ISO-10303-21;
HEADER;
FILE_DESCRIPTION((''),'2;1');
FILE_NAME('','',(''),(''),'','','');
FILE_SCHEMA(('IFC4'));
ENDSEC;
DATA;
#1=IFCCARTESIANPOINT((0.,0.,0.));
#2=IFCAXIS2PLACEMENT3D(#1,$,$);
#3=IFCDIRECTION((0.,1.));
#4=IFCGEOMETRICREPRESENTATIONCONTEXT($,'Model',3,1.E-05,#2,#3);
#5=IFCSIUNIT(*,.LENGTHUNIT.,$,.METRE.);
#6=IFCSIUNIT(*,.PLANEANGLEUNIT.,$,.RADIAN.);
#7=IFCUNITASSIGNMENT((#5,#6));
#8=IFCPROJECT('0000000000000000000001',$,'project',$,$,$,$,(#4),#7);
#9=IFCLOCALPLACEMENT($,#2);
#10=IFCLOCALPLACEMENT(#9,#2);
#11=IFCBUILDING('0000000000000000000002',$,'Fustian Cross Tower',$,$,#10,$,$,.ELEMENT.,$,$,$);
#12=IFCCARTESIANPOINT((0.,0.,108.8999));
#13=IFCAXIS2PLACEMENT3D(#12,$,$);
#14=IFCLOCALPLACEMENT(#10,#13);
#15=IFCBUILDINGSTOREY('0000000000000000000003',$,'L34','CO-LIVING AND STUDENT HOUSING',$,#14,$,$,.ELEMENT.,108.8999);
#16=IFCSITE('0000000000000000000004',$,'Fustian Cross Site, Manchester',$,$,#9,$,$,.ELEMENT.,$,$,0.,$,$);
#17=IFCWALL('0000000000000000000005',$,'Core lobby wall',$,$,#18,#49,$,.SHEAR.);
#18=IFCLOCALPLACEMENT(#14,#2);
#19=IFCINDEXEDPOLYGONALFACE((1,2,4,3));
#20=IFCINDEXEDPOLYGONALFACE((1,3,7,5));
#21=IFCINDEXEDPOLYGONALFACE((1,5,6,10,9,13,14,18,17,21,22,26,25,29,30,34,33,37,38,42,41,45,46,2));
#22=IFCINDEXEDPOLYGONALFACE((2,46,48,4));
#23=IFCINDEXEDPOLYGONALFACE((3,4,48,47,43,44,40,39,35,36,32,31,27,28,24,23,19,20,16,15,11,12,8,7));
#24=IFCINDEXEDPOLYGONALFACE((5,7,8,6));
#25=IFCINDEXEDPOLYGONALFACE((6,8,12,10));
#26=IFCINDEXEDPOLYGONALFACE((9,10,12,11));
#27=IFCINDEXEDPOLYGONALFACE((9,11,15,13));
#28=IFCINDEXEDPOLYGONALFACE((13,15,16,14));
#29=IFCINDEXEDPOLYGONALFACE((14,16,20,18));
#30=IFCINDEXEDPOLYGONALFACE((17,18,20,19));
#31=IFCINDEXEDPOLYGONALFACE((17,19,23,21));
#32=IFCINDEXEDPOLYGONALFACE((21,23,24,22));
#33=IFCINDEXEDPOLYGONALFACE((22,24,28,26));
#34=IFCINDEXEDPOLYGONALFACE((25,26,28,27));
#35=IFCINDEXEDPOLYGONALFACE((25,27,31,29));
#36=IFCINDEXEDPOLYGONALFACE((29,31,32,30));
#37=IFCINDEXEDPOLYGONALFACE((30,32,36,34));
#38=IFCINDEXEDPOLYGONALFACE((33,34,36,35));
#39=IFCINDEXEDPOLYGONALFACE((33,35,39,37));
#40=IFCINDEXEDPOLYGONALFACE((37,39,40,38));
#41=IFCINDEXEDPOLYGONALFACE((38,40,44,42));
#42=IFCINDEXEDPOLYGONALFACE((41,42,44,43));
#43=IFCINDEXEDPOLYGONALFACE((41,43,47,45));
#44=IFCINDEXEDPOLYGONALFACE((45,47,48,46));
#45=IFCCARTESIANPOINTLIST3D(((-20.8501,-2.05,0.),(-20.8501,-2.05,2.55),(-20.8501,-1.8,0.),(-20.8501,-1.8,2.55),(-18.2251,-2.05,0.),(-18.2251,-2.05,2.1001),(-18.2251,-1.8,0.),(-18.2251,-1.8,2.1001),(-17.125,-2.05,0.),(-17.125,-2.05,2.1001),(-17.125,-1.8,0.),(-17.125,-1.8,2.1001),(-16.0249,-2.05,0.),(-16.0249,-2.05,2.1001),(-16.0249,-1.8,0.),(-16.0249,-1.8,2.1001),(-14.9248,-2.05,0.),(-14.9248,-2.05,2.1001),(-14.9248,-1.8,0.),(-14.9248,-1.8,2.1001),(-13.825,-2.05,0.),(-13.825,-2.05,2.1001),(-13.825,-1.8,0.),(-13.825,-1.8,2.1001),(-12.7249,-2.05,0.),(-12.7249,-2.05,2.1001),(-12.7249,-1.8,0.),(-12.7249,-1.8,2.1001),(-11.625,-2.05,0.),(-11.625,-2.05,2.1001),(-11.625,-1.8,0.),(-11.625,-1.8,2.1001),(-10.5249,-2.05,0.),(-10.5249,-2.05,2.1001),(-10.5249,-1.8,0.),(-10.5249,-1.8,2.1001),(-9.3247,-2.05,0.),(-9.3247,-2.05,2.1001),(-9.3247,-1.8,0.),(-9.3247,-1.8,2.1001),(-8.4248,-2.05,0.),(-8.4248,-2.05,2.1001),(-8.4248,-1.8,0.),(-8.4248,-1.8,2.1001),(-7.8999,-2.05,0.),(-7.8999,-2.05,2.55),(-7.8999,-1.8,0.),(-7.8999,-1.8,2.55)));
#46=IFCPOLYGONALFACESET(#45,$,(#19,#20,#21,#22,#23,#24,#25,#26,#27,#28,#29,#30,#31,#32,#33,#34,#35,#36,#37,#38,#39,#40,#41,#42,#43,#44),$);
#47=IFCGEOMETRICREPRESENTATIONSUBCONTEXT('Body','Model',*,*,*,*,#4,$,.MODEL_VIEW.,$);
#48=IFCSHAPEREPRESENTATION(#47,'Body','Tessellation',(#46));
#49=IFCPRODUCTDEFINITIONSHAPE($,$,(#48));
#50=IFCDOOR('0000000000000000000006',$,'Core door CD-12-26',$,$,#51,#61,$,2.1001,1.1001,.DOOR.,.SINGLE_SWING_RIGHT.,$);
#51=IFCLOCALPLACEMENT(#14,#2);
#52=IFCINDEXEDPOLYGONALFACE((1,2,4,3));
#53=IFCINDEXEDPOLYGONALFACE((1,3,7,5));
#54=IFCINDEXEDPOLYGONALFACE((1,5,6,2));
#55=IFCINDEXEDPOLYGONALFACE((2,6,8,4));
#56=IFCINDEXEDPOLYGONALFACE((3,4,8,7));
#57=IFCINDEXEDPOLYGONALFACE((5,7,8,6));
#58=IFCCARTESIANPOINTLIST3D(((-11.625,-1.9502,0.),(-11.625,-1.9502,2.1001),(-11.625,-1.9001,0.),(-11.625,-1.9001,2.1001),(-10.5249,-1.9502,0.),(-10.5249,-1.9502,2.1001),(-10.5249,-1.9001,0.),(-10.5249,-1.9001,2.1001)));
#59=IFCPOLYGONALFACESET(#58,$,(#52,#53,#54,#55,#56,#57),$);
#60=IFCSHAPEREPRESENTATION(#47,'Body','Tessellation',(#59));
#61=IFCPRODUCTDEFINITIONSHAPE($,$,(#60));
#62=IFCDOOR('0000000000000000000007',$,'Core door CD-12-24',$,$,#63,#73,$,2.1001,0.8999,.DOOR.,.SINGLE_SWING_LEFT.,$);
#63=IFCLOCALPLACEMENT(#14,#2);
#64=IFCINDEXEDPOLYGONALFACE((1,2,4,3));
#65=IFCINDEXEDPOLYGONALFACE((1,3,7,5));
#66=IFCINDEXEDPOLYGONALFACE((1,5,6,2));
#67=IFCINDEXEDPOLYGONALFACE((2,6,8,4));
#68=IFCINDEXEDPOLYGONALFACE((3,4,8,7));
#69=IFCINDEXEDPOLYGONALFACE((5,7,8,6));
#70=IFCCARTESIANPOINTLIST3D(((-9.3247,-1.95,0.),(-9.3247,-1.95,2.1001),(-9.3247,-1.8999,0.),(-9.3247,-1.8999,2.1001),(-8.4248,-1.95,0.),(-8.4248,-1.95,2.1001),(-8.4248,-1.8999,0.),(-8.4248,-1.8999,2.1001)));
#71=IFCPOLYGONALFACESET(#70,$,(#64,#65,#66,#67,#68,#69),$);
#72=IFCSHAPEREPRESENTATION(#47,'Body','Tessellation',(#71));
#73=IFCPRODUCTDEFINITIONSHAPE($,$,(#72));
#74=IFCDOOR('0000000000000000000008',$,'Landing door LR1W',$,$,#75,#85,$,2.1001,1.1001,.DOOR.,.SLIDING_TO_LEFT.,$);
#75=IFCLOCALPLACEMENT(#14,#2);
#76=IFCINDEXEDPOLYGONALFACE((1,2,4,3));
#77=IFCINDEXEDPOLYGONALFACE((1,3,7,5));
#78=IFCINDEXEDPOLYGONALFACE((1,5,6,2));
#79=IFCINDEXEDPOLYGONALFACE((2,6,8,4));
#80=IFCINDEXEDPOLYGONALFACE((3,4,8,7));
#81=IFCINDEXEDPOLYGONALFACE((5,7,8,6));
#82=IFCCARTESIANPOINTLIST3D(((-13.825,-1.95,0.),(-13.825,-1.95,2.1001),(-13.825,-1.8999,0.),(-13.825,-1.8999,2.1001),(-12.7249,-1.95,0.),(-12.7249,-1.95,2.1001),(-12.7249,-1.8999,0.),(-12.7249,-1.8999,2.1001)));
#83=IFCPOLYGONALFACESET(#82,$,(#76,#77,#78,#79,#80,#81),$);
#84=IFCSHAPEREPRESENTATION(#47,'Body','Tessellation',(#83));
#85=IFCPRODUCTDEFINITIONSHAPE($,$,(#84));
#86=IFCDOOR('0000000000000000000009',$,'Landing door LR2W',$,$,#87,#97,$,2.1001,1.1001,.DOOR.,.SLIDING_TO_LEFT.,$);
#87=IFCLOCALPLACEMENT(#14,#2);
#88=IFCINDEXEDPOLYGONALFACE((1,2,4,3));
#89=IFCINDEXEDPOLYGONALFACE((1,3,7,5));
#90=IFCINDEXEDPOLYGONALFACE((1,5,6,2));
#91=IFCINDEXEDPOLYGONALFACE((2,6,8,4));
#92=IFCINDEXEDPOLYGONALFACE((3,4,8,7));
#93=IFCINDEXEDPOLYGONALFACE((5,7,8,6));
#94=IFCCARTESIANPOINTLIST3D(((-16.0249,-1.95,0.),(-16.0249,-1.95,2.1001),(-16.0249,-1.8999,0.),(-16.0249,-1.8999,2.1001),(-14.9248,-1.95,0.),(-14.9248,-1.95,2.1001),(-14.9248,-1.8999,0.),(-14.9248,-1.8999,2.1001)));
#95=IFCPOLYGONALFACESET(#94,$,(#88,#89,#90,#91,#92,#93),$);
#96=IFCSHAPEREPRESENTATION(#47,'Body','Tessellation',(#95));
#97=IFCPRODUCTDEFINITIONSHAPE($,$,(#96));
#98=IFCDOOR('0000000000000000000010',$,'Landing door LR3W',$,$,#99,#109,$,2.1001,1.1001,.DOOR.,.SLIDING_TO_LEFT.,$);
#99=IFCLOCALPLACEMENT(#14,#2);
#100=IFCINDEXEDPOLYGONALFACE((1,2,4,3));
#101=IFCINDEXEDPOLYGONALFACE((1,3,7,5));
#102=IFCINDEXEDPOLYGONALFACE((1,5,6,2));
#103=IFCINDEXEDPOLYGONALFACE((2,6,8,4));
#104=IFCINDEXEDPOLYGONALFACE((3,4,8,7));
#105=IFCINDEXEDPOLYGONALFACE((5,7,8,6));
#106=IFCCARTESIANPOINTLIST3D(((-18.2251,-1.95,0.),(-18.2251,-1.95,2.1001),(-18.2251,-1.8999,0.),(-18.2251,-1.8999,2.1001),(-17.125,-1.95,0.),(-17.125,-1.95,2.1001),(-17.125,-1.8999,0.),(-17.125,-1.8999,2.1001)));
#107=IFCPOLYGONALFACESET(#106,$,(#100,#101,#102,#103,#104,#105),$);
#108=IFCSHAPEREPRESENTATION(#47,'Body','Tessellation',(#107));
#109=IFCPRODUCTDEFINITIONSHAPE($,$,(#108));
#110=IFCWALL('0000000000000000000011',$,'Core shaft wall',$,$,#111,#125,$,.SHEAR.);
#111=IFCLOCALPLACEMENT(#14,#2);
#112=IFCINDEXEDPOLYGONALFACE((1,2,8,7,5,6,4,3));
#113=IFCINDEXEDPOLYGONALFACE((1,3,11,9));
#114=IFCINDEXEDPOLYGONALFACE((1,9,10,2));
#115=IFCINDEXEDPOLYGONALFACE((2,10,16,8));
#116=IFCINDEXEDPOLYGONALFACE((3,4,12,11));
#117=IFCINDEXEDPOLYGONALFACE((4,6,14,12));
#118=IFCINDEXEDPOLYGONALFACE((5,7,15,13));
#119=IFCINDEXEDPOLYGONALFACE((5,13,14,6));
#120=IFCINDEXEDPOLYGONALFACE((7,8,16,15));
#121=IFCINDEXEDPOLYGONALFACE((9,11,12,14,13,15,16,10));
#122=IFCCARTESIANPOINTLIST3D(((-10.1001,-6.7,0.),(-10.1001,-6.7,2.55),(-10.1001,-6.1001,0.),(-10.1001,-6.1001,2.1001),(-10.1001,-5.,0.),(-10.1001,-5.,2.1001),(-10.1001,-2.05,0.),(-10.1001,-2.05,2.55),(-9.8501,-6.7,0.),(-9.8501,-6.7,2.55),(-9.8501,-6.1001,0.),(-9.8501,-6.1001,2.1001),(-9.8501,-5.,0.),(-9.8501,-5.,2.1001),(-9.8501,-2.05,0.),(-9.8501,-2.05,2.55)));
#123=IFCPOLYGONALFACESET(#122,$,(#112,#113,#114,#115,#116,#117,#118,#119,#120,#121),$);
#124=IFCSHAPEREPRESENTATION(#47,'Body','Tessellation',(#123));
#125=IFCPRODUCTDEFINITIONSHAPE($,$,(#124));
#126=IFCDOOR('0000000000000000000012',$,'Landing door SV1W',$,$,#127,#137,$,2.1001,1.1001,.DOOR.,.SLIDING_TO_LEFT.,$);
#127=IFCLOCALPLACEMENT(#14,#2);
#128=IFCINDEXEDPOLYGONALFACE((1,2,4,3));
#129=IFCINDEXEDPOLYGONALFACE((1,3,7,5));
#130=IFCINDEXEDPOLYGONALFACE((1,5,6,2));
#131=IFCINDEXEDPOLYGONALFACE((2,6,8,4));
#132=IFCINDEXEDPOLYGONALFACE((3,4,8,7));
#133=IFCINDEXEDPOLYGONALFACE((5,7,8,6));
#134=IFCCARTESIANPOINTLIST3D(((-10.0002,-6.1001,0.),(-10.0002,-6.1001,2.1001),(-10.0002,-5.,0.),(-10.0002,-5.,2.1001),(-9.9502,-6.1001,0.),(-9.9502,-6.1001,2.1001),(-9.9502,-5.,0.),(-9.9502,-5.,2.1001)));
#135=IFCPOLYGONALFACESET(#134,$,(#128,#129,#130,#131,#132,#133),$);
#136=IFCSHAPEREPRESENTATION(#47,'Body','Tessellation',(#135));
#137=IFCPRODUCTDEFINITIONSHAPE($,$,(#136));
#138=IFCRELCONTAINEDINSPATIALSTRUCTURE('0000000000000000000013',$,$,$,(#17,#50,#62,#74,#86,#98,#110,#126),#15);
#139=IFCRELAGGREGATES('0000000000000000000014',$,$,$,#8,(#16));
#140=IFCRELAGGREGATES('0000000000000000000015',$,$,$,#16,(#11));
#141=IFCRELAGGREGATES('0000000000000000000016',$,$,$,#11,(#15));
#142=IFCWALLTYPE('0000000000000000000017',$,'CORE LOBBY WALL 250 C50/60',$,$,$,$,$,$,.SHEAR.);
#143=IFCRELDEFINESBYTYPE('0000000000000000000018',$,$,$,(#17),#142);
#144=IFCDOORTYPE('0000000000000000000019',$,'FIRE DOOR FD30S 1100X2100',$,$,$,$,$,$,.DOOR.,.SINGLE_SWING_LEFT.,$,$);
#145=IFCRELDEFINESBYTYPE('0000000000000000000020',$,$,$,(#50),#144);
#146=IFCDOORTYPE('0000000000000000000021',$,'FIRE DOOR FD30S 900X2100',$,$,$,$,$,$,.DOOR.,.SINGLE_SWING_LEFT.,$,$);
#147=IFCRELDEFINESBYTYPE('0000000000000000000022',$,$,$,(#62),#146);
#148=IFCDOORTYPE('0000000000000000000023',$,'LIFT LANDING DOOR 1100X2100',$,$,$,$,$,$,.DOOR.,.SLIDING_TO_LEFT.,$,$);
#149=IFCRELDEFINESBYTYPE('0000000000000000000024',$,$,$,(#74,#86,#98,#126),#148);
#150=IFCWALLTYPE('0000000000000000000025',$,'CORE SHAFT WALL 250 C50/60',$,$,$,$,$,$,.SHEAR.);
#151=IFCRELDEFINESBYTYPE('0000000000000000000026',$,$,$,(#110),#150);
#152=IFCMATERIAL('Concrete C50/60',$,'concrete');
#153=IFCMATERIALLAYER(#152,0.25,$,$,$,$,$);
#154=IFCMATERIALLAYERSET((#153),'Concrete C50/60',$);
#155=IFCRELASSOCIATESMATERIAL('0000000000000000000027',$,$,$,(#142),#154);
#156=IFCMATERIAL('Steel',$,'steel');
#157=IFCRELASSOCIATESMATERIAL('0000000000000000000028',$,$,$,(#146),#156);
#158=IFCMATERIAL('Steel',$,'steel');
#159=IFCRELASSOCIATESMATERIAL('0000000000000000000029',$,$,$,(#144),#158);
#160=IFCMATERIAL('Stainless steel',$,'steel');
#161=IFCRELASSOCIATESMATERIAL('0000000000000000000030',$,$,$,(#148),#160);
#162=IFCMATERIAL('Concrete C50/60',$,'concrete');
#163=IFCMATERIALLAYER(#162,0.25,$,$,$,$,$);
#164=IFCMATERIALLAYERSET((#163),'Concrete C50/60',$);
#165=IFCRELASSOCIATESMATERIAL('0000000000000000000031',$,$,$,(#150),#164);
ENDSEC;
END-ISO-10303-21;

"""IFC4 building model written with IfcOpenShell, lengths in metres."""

from ifc_helpers import new_model, si_unit, direction, frame, frame_2d, origin, place, context, subcontext, project, spatial, rectangle, extrude, material, layer, layer_set, type_object, element, fill, save


model = new_model("IFC4")

# Units and contexts
model_context = context("Model", 3, precision=1e-05, world=origin(), true_north=direction((0.0, 1.0)))
body_context = subcontext(model_context, "Body", "Model", "MODEL_VIEW")
ifc_project = project(units=[si_unit("LENGTHUNIT", "METRE"), si_unit("PLANEANGLEUNIT", "RADIAN")], contexts=[model_context])

# Site, building, storey
site_placement = place(None, origin())
site = spatial("IfcSite", under=ifc_project, at=site_placement, Name="Fustian Cross Site, Manchester", CompositionType="ELEMENT", RefElevation=0.0)
building_placement = place(site_placement, origin())
building = spatial("IfcBuilding", under=site, at=building_placement, Name="Fustian Cross Tower", CompositionType="ELEMENT")
storey_placement = place(building_placement, frame((0.0, 0.0, 108.8999)))
storey = spatial("IfcBuildingStorey", under=building, at=storey_placement, Name="L34", Description="CO-LIVING AND STUDENT HOUSING", CompositionType="ELEMENT", Elevation=108.8999)

# Wall, openings, doors
ifc_material_1 = material(Name="Concrete C50/60", Category="concrete")
ifc_layer_1 = layer(ifc_material_1, 0.25)
ifc_layer_set_1 = layer_set([ifc_layer_1], Name="Concrete C50/60")
wall_type_1 = type_object("IfcWallType", Name="CORE LOBBY WALL 250 C50/60", PredefinedType="SHEAR", material=ifc_layer_set_1)
ifc_material_2 = material(Name="Steel", Category="steel")
door_type_1 = type_object("IfcDoorType", Name="FIRE DOOR FD30S 900X2100", OperationType="SINGLE_SWING_LEFT", PredefinedType="DOOR", material=ifc_material_2)
wall_1_placement = place(storey_placement, frame((-7.8999, -1.925, 0.0), z_axis=(0.0, 0.0, 1.0), x_axis=(-1.0, 0.0, 0.0)))
wall_1 = element("IfcWall", 1, at=wall_1_placement, inside=storey, type_object=wall_type_1, Name="Core lobby wall", PredefinedType="SHEAR", context=body_context, shape_type="SweptSolid", body=[
    extrude(rectangle(XDim=12.9502, YDim=0.25, at=frame_2d((6.4751, 0.0))), origin(), (0.0, 0.0, 1.0), 2.55),
])
opening_1_placement = place(wall_1_placement, frame((4.825, 0.0, 0.0)))
opening_1 = element("IfcOpeningElement", 2, at=opening_1_placement, cuts=wall_1, PredefinedType="OPENING", context=body_context, shape_type="SweptSolid", body=[
    extrude(rectangle(XDim=1.1001, YDim=2.1001, at=frame_2d((0.55, 1.05))), frame((0.0, 0.135, 0.0), z_axis=(0.0, -1.0, 0.0), x_axis=(1.0, 0.0, 0.0)), (0.0, 0.0, 1.0), 0.27),
])
opening_2_placement = place(wall_1_placement, frame((7.0249, 0.0, 0.0)))
opening_2 = element("IfcOpeningElement", 3, at=opening_2_placement, cuts=wall_1, PredefinedType="OPENING", context=body_context, shape_type="SweptSolid", body=[
    extrude(rectangle(XDim=1.1001, YDim=2.1001, at=frame_2d((0.55, 1.05))), frame((0.0, 0.135, 0.0), z_axis=(0.0, -1.0, 0.0), x_axis=(1.0, 0.0, 0.0)), (0.0, 0.0, 1.0), 0.27),
])
opening_3_placement = place(wall_1_placement, frame((9.2251, 0.0, 0.0)))
opening_3 = element("IfcOpeningElement", 4, at=opening_3_placement, cuts=wall_1, PredefinedType="OPENING", context=body_context, shape_type="SweptSolid", body=[
    extrude(rectangle(XDim=1.1001, YDim=2.1001, at=frame_2d((0.55, 1.05))), frame((0.0, 0.135, 0.0), z_axis=(0.0, -1.0, 0.0), x_axis=(1.0, 0.0, 0.0)), (0.0, 0.0, 1.0), 0.27),
])
opening_4_placement = place(wall_1_placement, frame((0.5249, 0.0, 0.0)))
opening_4 = element("IfcOpeningElement", 5, at=opening_4_placement, cuts=wall_1, PredefinedType="OPENING", context=body_context, shape_type="SweptSolid", body=[
    extrude(rectangle(XDim=0.8999, YDim=2.1001, at=frame_2d((0.45, 1.05))), frame((0.0, 0.135, 0.0), z_axis=(0.0, -1.0, 0.0), x_axis=(1.0, 0.0, 0.0)), (0.0, 0.0, 1.0), 0.27),
])
opening_5_placement = place(wall_1_placement, frame((2.625, 0.0, 0.0)))
opening_5 = element("IfcOpeningElement", 6, at=opening_5_placement, cuts=wall_1, PredefinedType="OPENING", context=body_context, shape_type="SweptSolid", body=[
    extrude(rectangle(XDim=1.1001, YDim=2.1001, at=frame_2d((0.55, 1.05))), frame((0.0, 0.135, 0.0), z_axis=(0.0, -1.0, 0.0), x_axis=(1.0, 0.0, 0.0)), (0.0, 0.0, 1.0), 0.27),
])
ifc_material_3 = material(Name="Steel", Category="steel")
door_type_2 = type_object("IfcDoorType", Name="FIRE DOOR FD30S 1100X2100", OperationType="SINGLE_SWING_LEFT", PredefinedType="DOOR", material=ifc_material_3)
door_1_placement = place(opening_5_placement, frame((1.1001, 0.0, 0.0), z_axis=(0.0, 0.0, 1.0), x_axis=(-1.0, 0.0, 0.0)))
door_1 = element("IfcDoor", 7, at=door_1_placement, inside=storey, type_object=door_type_2, Name="Core door CD-12-26", OperationType="SINGLE_SWING_RIGHT", OverallHeight=2.1001, OverallWidth=1.1001, PredefinedType="DOOR", context=body_context, shape_type="SweptSolid", body=[
    extrude(rectangle(XDim=1.1001, YDim=2.1001, at=frame_2d((0.55, 1.05))), frame((0.0, 0.0249, 0.0), z_axis=(0.0, -1.0, 0.0), x_axis=(1.0, 0.0, 0.0)), (0.0, 0.0, 1.0), 0.05),
])
fill(opening_5, door_1)
door_2_placement = place(opening_4_placement, origin())
door_2 = element("IfcDoor", 8, at=door_2_placement, inside=storey, type_object=door_type_1, Name="Core door CD-12-24", OperationType="SINGLE_SWING_LEFT", OverallHeight=2.1001, OverallWidth=0.8999, PredefinedType="DOOR", context=body_context, shape_type="SweptSolid", body=[
    extrude(rectangle(XDim=0.8999, YDim=2.1001, at=frame_2d((0.45, 1.05))), frame((0.0, 0.0249, 0.0), z_axis=(0.0, -1.0, 0.0), x_axis=(1.0, 0.0, 0.0)), (0.0, 0.0, 1.0), 0.05),
])
fill(opening_4, door_2)
ifc_material_4 = material(Name="Stainless steel", Category="steel")
door_type_3 = type_object("IfcDoorType", Name="LIFT LANDING DOOR 1100X2100", OperationType="SLIDING_TO_LEFT", PredefinedType="DOOR", material=ifc_material_4)
door_3_placement = place(opening_1_placement, origin())
door_3 = element("IfcDoor", 9, at=door_3_placement, inside=storey, type_object=door_type_3, Name="Landing door LR1W", OperationType="SLIDING_TO_LEFT", OverallHeight=2.1001, OverallWidth=1.1001, PredefinedType="DOOR", context=body_context, shape_type="SweptSolid", body=[
    extrude(rectangle(XDim=1.1001, YDim=2.1001, at=frame_2d((0.55, 1.05))), frame((0.0, 0.0249, 0.0), z_axis=(0.0, -1.0, 0.0), x_axis=(1.0, 0.0, 0.0)), (0.0, 0.0, 1.0), 0.05),
])
fill(opening_1, door_3)
door_4_placement = place(opening_2_placement, origin())
door_4 = element("IfcDoor", 10, at=door_4_placement, inside=storey, type_object=door_type_3, Name="Landing door LR2W", OperationType="SLIDING_TO_LEFT", OverallHeight=2.1001, OverallWidth=1.1001, PredefinedType="DOOR", context=body_context, shape_type="SweptSolid", body=[
    extrude(rectangle(XDim=1.1001, YDim=2.1001, at=frame_2d((0.55, 1.05))), frame((0.0, 0.0249, 0.0), z_axis=(0.0, -1.0, 0.0), x_axis=(1.0, 0.0, 0.0)), (0.0, 0.0, 1.0), 0.05),
])
fill(opening_2, door_4)
door_5_placement = place(opening_3_placement, origin())
door_5 = element("IfcDoor", 11, at=door_5_placement, inside=storey, type_object=door_type_3, Name="Landing door LR3W", OperationType="SLIDING_TO_LEFT", OverallHeight=2.1001, OverallWidth=1.1001, PredefinedType="DOOR", context=body_context, shape_type="SweptSolid", body=[
    extrude(rectangle(XDim=1.1001, YDim=2.1001, at=frame_2d((0.55, 1.05))), frame((0.0, 0.0249, 0.0), z_axis=(0.0, -1.0, 0.0), x_axis=(1.0, 0.0, 0.0)), (0.0, 0.0, 1.0), 0.05),
])
fill(opening_3, door_5)

# Wall, opening, door
ifc_material_5 = material(Name="Concrete C50/60", Category="concrete")
ifc_layer_2 = layer(ifc_material_5, 0.25)
ifc_layer_set_2 = layer_set([ifc_layer_2], Name="Concrete C50/60")
wall_type_2 = type_object("IfcWallType", Name="CORE SHAFT WALL 250 C50/60", PredefinedType="SHEAR", material=ifc_layer_set_2)
wall_2_placement = place(storey_placement, frame((-9.9751, -2.05, 0.0), z_axis=(0.0, 0.0, 1.0), x_axis=(0.0, -1.0, 0.0)))
wall_2 = element("IfcWall", 12, at=wall_2_placement, inside=storey, type_object=wall_type_2, Name="Core shaft wall", PredefinedType="SHEAR", context=body_context, shape_type="SweptSolid", body=[
    extrude(rectangle(XDim=4.6499, YDim=0.25, at=frame_2d((2.325, 0.0))), origin(), (0.0, 0.0, 1.0), 2.55),
])
opening_6_placement = place(wall_2_placement, frame((2.95, 0.0, 0.0)))
opening_6 = element("IfcOpeningElement", 13, at=opening_6_placement, cuts=wall_2, PredefinedType="OPENING", context=body_context, shape_type="SweptSolid", body=[
    extrude(rectangle(XDim=1.1001, YDim=2.1001, at=frame_2d((0.55, 1.05))), frame((0.0, 0.135, 0.0), z_axis=(0.0, -1.0, 0.0), x_axis=(1.0, 0.0, 0.0)), (0.0, 0.0, 1.0), 0.27),
])
door_6_placement = place(opening_6_placement, origin())
door_6 = element("IfcDoor", 14, at=door_6_placement, inside=storey, type_object=door_type_3, Name="Landing door SV1W", OperationType="SLIDING_TO_LEFT", OverallHeight=2.1001, OverallWidth=1.1001, PredefinedType="DOOR", context=body_context, shape_type="SweptSolid", body=[
    extrude(rectangle(XDim=1.1001, YDim=2.1001, at=frame_2d((0.55, 1.05))), frame((0.0, 0.0249, 0.0), z_axis=(0.0, -1.0, 0.0), x_axis=(1.0, 0.0, 0.0)), (0.0, 0.0, 1.0), 0.05),
])
fill(opening_6, door_6)

save(model, "model.ifc")
